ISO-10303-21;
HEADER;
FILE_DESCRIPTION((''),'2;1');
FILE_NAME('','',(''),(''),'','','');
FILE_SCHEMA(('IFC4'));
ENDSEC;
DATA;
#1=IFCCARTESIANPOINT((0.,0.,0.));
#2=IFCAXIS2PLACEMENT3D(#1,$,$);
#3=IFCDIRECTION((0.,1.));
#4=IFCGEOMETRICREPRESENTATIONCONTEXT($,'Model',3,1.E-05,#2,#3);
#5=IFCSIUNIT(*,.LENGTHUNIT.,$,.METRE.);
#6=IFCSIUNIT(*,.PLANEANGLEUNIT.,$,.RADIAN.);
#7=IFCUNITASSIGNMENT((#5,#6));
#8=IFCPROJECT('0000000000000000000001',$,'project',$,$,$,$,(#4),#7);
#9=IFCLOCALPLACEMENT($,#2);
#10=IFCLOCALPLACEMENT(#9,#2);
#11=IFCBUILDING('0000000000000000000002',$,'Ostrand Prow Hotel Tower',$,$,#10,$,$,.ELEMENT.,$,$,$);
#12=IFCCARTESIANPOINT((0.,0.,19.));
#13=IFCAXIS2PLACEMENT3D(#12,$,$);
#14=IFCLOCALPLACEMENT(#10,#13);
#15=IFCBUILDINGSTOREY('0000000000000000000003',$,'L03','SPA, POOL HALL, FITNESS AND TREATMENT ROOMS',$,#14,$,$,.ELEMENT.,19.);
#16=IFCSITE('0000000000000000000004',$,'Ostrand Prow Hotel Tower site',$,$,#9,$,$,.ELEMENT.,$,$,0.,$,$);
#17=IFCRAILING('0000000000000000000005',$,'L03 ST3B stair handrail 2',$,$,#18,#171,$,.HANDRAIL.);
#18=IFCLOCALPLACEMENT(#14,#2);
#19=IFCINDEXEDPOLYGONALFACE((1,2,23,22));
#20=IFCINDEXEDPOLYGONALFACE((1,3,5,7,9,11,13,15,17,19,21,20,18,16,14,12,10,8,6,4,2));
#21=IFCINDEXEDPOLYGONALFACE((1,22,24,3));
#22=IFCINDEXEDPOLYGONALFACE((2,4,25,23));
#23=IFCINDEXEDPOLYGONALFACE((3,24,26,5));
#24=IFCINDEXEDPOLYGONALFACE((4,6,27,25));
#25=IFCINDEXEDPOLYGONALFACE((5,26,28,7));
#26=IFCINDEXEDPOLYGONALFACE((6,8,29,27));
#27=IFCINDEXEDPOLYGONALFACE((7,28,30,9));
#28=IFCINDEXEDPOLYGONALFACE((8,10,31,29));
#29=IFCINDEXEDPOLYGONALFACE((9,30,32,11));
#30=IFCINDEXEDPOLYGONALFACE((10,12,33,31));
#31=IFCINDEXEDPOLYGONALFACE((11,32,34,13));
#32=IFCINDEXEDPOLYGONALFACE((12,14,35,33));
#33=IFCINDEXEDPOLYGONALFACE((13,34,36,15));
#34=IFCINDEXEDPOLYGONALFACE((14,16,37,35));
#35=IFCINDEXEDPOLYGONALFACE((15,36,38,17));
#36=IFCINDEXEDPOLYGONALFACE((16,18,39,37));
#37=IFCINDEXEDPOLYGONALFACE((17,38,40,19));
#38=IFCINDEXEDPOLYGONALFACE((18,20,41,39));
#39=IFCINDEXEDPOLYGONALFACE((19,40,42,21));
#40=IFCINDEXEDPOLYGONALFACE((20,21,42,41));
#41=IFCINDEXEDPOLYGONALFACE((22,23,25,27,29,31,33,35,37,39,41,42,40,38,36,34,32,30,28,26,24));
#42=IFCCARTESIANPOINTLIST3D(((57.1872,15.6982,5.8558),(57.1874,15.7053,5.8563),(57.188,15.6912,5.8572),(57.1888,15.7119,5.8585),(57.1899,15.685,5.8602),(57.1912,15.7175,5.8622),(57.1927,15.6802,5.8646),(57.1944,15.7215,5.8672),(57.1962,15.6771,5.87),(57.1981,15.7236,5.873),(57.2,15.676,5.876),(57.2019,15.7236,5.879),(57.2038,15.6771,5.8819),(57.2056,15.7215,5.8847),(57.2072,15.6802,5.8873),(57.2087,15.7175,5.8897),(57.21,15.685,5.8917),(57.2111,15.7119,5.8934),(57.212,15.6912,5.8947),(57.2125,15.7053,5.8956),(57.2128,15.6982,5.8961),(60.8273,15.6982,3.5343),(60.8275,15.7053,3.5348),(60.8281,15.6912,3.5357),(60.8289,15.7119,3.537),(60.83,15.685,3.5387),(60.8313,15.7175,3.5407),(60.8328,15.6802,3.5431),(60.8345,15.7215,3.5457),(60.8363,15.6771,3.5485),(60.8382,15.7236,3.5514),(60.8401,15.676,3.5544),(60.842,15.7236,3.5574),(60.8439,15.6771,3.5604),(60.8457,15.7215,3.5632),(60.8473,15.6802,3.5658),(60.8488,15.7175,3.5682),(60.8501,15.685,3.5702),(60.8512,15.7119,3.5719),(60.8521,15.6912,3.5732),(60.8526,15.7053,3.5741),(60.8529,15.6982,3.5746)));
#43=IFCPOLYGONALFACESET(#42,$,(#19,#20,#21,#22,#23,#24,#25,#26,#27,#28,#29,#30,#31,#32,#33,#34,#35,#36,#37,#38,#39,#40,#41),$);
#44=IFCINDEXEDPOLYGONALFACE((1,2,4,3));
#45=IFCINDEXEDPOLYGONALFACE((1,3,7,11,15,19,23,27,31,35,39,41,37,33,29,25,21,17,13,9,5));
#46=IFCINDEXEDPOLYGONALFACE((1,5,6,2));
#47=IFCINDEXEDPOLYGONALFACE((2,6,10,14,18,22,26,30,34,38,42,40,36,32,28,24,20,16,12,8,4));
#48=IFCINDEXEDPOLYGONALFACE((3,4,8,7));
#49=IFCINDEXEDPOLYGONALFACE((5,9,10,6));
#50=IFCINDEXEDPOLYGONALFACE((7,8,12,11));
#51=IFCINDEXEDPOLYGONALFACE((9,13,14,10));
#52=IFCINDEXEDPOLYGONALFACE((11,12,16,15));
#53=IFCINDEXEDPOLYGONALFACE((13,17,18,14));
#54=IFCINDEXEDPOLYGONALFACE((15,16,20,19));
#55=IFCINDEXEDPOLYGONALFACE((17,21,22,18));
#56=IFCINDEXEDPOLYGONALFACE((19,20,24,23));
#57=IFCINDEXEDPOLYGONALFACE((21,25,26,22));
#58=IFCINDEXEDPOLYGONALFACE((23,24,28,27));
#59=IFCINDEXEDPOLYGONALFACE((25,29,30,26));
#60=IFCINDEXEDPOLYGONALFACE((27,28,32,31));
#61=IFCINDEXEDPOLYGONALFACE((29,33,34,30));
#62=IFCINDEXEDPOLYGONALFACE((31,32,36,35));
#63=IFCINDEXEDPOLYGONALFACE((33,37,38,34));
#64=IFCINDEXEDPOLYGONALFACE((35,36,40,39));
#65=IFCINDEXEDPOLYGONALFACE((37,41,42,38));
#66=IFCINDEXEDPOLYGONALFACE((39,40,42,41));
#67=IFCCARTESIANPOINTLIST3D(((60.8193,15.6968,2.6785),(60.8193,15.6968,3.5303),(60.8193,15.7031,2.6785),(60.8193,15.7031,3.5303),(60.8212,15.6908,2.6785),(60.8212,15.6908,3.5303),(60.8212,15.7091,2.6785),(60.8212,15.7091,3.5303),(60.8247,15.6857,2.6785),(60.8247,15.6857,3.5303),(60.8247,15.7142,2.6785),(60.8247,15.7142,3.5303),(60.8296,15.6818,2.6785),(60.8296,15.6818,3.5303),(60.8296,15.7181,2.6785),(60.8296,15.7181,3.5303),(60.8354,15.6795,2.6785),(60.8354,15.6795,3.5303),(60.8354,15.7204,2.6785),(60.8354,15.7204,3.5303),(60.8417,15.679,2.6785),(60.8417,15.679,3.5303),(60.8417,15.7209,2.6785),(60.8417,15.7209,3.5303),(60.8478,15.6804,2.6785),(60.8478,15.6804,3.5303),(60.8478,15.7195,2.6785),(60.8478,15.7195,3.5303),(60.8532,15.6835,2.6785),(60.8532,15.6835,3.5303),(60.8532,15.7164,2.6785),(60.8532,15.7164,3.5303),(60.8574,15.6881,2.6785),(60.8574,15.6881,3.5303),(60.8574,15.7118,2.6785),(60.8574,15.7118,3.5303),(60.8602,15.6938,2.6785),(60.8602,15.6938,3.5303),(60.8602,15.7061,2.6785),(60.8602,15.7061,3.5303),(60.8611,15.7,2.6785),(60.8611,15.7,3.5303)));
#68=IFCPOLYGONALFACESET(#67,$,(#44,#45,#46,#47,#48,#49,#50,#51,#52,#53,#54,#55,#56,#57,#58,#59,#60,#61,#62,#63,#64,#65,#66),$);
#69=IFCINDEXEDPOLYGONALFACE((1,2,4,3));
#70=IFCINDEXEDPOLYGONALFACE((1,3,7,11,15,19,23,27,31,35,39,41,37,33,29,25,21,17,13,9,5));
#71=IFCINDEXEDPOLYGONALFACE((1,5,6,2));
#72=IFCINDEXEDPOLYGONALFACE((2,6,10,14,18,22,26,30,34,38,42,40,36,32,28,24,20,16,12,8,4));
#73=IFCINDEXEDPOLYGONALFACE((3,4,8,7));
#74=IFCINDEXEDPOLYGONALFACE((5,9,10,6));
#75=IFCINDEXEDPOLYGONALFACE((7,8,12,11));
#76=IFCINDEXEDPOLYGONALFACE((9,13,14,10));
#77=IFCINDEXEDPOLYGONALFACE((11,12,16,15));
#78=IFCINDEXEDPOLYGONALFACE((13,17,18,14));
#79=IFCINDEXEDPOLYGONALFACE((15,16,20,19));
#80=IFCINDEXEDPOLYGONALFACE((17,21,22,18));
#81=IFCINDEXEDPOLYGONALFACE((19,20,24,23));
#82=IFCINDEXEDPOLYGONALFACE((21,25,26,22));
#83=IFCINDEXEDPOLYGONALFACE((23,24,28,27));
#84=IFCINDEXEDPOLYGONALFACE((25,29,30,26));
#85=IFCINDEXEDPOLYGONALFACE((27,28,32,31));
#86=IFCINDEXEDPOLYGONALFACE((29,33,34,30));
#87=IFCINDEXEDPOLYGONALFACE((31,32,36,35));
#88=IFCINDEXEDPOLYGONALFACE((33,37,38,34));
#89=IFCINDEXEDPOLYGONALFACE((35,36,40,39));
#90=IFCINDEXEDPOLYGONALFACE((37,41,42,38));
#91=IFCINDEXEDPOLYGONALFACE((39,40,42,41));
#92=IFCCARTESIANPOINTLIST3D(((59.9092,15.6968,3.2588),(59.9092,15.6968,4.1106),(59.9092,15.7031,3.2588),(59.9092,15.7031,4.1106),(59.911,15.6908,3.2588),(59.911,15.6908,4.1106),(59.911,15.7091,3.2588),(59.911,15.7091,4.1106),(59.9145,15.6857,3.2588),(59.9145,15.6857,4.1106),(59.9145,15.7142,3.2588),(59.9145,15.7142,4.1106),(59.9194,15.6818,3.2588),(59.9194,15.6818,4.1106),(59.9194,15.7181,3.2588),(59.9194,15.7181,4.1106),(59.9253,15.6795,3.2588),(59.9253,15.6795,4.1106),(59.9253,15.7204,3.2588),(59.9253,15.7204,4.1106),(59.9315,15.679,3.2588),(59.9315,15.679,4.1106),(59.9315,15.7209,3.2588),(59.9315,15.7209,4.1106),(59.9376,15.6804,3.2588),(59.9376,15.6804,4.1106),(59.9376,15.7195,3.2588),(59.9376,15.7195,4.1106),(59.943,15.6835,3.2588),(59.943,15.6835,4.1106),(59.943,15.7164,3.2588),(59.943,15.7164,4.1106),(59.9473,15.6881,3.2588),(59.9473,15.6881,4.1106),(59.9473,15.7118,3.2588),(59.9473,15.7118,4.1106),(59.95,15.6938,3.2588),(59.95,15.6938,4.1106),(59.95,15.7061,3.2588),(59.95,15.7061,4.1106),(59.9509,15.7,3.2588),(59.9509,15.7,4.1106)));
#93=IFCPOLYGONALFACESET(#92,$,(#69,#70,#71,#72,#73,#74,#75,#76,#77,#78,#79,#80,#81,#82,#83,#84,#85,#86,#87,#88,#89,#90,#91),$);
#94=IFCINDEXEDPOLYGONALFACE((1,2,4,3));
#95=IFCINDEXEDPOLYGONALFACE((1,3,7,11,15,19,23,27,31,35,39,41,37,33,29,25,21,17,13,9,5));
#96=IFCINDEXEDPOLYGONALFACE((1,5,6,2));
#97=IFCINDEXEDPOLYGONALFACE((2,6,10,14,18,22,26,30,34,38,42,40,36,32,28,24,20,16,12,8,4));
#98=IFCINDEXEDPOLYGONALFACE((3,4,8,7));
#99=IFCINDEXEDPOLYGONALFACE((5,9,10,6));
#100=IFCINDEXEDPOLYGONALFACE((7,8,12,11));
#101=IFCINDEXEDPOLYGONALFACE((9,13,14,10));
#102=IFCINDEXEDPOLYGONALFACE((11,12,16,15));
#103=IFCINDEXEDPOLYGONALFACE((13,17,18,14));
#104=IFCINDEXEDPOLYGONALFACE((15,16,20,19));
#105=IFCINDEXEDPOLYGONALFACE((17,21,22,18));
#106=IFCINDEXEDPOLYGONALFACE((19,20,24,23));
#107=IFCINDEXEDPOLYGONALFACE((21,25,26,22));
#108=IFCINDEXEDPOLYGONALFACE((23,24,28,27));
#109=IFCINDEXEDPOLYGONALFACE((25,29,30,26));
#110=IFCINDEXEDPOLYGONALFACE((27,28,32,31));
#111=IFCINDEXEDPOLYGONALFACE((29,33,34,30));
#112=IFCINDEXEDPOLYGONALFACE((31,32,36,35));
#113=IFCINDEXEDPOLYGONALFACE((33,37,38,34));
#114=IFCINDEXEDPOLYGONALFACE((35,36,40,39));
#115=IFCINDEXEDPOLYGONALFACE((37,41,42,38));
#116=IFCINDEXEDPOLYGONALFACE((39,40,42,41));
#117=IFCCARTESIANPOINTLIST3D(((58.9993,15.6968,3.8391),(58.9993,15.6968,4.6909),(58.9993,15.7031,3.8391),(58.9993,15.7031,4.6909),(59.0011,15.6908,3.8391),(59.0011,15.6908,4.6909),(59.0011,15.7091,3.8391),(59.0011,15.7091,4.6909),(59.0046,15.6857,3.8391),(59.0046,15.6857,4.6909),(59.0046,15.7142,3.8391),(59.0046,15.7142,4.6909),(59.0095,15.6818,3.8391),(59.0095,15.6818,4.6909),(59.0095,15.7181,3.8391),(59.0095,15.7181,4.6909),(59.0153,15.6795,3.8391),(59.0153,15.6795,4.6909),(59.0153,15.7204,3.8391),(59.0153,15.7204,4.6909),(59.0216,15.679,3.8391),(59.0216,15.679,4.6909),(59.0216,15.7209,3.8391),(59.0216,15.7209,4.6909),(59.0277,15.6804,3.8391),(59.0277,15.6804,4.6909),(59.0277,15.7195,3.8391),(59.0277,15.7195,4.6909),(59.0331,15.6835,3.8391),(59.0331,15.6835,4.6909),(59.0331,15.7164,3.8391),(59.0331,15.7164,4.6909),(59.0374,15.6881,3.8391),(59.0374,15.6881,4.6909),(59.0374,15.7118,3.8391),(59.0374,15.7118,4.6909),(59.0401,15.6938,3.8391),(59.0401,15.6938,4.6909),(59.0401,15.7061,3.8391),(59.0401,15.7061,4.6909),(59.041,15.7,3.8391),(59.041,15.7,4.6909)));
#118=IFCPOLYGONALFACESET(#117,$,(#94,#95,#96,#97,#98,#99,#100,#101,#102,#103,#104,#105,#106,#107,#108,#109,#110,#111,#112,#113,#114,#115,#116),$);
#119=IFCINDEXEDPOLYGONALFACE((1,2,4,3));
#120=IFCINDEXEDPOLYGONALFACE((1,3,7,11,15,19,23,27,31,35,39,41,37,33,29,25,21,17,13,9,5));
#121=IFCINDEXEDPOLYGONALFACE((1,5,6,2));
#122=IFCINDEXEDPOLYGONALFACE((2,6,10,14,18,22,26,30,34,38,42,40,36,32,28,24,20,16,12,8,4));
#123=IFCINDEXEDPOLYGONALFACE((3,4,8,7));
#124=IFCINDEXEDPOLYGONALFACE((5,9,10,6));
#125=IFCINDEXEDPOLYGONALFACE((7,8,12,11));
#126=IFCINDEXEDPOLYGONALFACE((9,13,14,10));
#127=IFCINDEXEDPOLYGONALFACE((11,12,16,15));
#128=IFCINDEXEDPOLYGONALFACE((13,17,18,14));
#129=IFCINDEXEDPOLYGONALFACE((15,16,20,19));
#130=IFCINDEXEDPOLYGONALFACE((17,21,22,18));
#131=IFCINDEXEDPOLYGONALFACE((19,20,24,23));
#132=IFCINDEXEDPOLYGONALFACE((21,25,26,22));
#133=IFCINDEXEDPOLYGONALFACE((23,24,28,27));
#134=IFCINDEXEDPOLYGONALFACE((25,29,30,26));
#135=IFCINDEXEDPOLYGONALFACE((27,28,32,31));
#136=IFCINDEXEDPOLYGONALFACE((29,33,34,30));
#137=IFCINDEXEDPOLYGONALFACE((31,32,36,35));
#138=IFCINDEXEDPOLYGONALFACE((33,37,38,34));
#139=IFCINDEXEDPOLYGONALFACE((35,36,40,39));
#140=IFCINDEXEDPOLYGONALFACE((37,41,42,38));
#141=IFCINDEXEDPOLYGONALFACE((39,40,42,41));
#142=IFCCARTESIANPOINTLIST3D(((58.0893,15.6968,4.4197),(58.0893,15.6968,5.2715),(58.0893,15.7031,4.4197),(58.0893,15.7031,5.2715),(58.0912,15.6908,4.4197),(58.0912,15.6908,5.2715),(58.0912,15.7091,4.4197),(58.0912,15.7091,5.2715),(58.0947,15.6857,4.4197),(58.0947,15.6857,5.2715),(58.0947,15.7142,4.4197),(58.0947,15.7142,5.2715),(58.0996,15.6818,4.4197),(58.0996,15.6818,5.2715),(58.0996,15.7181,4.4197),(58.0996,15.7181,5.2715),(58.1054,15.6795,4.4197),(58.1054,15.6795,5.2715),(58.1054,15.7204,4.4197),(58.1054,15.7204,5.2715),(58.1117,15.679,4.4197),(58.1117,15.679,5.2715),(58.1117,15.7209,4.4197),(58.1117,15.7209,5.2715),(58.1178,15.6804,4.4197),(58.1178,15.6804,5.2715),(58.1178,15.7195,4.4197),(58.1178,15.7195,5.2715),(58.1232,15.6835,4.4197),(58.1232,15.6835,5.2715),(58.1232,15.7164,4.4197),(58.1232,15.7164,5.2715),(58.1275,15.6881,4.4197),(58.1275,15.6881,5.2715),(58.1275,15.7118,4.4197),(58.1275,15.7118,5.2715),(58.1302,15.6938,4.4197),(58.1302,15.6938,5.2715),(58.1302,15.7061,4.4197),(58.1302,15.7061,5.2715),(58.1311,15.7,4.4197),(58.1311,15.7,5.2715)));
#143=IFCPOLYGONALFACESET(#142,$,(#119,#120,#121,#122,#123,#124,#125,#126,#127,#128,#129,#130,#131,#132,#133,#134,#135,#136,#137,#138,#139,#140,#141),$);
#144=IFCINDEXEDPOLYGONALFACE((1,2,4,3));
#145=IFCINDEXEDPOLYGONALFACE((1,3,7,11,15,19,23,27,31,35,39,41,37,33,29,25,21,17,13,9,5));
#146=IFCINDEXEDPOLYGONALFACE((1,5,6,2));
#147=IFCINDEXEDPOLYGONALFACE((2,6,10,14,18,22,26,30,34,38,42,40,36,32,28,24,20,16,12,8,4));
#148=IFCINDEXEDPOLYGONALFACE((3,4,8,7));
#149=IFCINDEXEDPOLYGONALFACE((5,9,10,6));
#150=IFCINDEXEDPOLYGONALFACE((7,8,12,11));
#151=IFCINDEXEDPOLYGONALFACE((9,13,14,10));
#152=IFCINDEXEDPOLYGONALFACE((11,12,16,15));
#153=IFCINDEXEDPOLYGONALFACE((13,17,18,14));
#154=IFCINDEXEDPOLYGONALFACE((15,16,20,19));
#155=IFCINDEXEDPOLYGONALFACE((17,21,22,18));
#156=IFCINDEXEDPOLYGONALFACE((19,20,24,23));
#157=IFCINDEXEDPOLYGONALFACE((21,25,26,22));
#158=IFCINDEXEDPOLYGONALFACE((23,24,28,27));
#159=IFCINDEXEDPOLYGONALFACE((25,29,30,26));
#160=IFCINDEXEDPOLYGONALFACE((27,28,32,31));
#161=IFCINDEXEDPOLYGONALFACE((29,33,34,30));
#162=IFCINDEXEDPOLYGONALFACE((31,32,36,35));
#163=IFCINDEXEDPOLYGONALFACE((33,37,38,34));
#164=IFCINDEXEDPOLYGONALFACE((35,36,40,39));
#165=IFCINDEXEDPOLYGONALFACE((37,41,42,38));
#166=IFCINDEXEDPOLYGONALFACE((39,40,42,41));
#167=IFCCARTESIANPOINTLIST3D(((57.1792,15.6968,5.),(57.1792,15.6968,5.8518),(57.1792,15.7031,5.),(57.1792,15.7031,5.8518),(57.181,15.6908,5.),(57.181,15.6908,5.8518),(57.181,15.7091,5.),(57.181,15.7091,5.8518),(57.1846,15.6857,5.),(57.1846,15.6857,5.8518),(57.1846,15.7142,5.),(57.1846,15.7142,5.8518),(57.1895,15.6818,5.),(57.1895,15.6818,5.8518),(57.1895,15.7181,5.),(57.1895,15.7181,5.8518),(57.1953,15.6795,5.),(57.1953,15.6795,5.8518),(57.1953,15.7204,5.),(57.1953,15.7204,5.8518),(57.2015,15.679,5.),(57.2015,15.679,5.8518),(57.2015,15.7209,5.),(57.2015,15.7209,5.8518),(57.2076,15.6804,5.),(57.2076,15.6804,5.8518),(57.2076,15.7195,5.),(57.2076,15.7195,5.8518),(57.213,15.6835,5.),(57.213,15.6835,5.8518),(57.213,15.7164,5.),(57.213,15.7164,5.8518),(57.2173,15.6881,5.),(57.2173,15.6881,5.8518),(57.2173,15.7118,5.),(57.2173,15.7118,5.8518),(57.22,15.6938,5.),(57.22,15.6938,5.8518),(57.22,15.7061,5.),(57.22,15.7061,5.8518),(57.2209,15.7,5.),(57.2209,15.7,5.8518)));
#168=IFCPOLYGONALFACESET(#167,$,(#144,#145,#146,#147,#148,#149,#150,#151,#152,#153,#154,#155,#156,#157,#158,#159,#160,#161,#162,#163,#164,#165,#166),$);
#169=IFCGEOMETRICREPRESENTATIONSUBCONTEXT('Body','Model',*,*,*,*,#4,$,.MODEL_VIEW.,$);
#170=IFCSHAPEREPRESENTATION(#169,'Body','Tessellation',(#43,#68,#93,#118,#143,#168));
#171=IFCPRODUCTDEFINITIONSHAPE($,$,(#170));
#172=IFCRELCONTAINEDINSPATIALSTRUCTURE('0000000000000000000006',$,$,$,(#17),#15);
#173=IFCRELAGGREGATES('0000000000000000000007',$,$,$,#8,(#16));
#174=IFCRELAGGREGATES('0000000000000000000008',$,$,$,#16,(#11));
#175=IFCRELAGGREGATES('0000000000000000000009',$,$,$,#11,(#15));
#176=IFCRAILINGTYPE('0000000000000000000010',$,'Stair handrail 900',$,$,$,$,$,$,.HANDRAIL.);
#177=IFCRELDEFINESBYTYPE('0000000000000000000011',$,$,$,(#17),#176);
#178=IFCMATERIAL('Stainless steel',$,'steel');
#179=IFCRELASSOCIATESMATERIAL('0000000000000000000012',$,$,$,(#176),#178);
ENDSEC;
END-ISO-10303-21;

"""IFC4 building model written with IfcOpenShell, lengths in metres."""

from ifc_helpers import new_model, si_unit, direction, frame, origin, origin_2d, place, context, subcontext, project, spatial, circle, extrude, material, type_object, element, save


model = new_model("IFC4")

# Units and contexts
model_context = context("Model", 3, precision=1e-05, world=origin(), true_north=direction((0.0, 1.0)))
body_context = subcontext(model_context, "Body", "Model", "MODEL_VIEW")
ifc_project = project(units=[si_unit("LENGTHUNIT", "METRE"), si_unit("PLANEANGLEUNIT", "RADIAN")], contexts=[model_context])

# Site, building, storey
site_placement = place(None, origin())
site = spatial("IfcSite", under=ifc_project, at=site_placement, Name="Ostrand Prow Hotel Tower site", CompositionType="ELEMENT", RefElevation=0.0)
building_placement = place(site_placement, origin())
building = spatial("IfcBuilding", under=site, at=building_placement, Name="Ostrand Prow Hotel Tower", CompositionType="ELEMENT")
storey_placement = place(building_placement, frame((0.0, 0.0, 19.0)))
storey = spatial("IfcBuildingStorey", under=building, at=storey_placement, Name="L03", Description="SPA, POOL HALL, FITNESS AND TREATMENT ROOMS", CompositionType="ELEMENT", Elevation=19.0)

# Railing
ifc_material_1 = material(Name="Stainless steel", Category="steel")
railing_type_1 = type_object("IfcRailingType", Name="Stair handrail 900", PredefinedType="HANDRAIL", material=ifc_material_1)
railing_1_placement = place(storey_placement, frame((60.8401, 15.7, 2.6785)))
element("IfcRailing", 1, at=railing_1_placement, inside=storey, type_object=railing_type_1, Name="L03 ST3B stair handrail 2", PredefinedType="HANDRAIL", context=body_context, shape_type="SweptSolid", body=[
    extrude(circle(Radius=0.0239, at=origin_2d()), frame((0.0, 0.0, 0.876), z_axis=(-0.843128, 0.0, 0.537713), x_axis=(0.0, -1.0, 0.0)), (0.0, 0.0, 1.0), 4.3174),
    extrude(circle(Radius=0.021, at=origin_2d()), origin(), (0.0, 0.0, 1.0), 0.8518),
    extrude(circle(Radius=0.021, at=origin_2d()), frame((-0.9102, 0.0, 0.5803)), (0.0, 0.0, 1.0), 0.8518),
    extrude(circle(Radius=0.021, at=origin_2d()), frame((-1.8201, 0.0, 1.1606)), (0.0, 0.0, 1.0), 0.8518),
    extrude(circle(Radius=0.021, at=origin_2d()), frame((-2.73, 0.0, 1.7412)), (0.0, 0.0, 1.0), 0.8518),
    extrude(circle(Radius=0.021, at=origin_2d()), frame((-3.6401, 0.0, 2.3215)), (0.0, 0.0, 1.0), 0.8518),
])

save(model, "model.ifc")
